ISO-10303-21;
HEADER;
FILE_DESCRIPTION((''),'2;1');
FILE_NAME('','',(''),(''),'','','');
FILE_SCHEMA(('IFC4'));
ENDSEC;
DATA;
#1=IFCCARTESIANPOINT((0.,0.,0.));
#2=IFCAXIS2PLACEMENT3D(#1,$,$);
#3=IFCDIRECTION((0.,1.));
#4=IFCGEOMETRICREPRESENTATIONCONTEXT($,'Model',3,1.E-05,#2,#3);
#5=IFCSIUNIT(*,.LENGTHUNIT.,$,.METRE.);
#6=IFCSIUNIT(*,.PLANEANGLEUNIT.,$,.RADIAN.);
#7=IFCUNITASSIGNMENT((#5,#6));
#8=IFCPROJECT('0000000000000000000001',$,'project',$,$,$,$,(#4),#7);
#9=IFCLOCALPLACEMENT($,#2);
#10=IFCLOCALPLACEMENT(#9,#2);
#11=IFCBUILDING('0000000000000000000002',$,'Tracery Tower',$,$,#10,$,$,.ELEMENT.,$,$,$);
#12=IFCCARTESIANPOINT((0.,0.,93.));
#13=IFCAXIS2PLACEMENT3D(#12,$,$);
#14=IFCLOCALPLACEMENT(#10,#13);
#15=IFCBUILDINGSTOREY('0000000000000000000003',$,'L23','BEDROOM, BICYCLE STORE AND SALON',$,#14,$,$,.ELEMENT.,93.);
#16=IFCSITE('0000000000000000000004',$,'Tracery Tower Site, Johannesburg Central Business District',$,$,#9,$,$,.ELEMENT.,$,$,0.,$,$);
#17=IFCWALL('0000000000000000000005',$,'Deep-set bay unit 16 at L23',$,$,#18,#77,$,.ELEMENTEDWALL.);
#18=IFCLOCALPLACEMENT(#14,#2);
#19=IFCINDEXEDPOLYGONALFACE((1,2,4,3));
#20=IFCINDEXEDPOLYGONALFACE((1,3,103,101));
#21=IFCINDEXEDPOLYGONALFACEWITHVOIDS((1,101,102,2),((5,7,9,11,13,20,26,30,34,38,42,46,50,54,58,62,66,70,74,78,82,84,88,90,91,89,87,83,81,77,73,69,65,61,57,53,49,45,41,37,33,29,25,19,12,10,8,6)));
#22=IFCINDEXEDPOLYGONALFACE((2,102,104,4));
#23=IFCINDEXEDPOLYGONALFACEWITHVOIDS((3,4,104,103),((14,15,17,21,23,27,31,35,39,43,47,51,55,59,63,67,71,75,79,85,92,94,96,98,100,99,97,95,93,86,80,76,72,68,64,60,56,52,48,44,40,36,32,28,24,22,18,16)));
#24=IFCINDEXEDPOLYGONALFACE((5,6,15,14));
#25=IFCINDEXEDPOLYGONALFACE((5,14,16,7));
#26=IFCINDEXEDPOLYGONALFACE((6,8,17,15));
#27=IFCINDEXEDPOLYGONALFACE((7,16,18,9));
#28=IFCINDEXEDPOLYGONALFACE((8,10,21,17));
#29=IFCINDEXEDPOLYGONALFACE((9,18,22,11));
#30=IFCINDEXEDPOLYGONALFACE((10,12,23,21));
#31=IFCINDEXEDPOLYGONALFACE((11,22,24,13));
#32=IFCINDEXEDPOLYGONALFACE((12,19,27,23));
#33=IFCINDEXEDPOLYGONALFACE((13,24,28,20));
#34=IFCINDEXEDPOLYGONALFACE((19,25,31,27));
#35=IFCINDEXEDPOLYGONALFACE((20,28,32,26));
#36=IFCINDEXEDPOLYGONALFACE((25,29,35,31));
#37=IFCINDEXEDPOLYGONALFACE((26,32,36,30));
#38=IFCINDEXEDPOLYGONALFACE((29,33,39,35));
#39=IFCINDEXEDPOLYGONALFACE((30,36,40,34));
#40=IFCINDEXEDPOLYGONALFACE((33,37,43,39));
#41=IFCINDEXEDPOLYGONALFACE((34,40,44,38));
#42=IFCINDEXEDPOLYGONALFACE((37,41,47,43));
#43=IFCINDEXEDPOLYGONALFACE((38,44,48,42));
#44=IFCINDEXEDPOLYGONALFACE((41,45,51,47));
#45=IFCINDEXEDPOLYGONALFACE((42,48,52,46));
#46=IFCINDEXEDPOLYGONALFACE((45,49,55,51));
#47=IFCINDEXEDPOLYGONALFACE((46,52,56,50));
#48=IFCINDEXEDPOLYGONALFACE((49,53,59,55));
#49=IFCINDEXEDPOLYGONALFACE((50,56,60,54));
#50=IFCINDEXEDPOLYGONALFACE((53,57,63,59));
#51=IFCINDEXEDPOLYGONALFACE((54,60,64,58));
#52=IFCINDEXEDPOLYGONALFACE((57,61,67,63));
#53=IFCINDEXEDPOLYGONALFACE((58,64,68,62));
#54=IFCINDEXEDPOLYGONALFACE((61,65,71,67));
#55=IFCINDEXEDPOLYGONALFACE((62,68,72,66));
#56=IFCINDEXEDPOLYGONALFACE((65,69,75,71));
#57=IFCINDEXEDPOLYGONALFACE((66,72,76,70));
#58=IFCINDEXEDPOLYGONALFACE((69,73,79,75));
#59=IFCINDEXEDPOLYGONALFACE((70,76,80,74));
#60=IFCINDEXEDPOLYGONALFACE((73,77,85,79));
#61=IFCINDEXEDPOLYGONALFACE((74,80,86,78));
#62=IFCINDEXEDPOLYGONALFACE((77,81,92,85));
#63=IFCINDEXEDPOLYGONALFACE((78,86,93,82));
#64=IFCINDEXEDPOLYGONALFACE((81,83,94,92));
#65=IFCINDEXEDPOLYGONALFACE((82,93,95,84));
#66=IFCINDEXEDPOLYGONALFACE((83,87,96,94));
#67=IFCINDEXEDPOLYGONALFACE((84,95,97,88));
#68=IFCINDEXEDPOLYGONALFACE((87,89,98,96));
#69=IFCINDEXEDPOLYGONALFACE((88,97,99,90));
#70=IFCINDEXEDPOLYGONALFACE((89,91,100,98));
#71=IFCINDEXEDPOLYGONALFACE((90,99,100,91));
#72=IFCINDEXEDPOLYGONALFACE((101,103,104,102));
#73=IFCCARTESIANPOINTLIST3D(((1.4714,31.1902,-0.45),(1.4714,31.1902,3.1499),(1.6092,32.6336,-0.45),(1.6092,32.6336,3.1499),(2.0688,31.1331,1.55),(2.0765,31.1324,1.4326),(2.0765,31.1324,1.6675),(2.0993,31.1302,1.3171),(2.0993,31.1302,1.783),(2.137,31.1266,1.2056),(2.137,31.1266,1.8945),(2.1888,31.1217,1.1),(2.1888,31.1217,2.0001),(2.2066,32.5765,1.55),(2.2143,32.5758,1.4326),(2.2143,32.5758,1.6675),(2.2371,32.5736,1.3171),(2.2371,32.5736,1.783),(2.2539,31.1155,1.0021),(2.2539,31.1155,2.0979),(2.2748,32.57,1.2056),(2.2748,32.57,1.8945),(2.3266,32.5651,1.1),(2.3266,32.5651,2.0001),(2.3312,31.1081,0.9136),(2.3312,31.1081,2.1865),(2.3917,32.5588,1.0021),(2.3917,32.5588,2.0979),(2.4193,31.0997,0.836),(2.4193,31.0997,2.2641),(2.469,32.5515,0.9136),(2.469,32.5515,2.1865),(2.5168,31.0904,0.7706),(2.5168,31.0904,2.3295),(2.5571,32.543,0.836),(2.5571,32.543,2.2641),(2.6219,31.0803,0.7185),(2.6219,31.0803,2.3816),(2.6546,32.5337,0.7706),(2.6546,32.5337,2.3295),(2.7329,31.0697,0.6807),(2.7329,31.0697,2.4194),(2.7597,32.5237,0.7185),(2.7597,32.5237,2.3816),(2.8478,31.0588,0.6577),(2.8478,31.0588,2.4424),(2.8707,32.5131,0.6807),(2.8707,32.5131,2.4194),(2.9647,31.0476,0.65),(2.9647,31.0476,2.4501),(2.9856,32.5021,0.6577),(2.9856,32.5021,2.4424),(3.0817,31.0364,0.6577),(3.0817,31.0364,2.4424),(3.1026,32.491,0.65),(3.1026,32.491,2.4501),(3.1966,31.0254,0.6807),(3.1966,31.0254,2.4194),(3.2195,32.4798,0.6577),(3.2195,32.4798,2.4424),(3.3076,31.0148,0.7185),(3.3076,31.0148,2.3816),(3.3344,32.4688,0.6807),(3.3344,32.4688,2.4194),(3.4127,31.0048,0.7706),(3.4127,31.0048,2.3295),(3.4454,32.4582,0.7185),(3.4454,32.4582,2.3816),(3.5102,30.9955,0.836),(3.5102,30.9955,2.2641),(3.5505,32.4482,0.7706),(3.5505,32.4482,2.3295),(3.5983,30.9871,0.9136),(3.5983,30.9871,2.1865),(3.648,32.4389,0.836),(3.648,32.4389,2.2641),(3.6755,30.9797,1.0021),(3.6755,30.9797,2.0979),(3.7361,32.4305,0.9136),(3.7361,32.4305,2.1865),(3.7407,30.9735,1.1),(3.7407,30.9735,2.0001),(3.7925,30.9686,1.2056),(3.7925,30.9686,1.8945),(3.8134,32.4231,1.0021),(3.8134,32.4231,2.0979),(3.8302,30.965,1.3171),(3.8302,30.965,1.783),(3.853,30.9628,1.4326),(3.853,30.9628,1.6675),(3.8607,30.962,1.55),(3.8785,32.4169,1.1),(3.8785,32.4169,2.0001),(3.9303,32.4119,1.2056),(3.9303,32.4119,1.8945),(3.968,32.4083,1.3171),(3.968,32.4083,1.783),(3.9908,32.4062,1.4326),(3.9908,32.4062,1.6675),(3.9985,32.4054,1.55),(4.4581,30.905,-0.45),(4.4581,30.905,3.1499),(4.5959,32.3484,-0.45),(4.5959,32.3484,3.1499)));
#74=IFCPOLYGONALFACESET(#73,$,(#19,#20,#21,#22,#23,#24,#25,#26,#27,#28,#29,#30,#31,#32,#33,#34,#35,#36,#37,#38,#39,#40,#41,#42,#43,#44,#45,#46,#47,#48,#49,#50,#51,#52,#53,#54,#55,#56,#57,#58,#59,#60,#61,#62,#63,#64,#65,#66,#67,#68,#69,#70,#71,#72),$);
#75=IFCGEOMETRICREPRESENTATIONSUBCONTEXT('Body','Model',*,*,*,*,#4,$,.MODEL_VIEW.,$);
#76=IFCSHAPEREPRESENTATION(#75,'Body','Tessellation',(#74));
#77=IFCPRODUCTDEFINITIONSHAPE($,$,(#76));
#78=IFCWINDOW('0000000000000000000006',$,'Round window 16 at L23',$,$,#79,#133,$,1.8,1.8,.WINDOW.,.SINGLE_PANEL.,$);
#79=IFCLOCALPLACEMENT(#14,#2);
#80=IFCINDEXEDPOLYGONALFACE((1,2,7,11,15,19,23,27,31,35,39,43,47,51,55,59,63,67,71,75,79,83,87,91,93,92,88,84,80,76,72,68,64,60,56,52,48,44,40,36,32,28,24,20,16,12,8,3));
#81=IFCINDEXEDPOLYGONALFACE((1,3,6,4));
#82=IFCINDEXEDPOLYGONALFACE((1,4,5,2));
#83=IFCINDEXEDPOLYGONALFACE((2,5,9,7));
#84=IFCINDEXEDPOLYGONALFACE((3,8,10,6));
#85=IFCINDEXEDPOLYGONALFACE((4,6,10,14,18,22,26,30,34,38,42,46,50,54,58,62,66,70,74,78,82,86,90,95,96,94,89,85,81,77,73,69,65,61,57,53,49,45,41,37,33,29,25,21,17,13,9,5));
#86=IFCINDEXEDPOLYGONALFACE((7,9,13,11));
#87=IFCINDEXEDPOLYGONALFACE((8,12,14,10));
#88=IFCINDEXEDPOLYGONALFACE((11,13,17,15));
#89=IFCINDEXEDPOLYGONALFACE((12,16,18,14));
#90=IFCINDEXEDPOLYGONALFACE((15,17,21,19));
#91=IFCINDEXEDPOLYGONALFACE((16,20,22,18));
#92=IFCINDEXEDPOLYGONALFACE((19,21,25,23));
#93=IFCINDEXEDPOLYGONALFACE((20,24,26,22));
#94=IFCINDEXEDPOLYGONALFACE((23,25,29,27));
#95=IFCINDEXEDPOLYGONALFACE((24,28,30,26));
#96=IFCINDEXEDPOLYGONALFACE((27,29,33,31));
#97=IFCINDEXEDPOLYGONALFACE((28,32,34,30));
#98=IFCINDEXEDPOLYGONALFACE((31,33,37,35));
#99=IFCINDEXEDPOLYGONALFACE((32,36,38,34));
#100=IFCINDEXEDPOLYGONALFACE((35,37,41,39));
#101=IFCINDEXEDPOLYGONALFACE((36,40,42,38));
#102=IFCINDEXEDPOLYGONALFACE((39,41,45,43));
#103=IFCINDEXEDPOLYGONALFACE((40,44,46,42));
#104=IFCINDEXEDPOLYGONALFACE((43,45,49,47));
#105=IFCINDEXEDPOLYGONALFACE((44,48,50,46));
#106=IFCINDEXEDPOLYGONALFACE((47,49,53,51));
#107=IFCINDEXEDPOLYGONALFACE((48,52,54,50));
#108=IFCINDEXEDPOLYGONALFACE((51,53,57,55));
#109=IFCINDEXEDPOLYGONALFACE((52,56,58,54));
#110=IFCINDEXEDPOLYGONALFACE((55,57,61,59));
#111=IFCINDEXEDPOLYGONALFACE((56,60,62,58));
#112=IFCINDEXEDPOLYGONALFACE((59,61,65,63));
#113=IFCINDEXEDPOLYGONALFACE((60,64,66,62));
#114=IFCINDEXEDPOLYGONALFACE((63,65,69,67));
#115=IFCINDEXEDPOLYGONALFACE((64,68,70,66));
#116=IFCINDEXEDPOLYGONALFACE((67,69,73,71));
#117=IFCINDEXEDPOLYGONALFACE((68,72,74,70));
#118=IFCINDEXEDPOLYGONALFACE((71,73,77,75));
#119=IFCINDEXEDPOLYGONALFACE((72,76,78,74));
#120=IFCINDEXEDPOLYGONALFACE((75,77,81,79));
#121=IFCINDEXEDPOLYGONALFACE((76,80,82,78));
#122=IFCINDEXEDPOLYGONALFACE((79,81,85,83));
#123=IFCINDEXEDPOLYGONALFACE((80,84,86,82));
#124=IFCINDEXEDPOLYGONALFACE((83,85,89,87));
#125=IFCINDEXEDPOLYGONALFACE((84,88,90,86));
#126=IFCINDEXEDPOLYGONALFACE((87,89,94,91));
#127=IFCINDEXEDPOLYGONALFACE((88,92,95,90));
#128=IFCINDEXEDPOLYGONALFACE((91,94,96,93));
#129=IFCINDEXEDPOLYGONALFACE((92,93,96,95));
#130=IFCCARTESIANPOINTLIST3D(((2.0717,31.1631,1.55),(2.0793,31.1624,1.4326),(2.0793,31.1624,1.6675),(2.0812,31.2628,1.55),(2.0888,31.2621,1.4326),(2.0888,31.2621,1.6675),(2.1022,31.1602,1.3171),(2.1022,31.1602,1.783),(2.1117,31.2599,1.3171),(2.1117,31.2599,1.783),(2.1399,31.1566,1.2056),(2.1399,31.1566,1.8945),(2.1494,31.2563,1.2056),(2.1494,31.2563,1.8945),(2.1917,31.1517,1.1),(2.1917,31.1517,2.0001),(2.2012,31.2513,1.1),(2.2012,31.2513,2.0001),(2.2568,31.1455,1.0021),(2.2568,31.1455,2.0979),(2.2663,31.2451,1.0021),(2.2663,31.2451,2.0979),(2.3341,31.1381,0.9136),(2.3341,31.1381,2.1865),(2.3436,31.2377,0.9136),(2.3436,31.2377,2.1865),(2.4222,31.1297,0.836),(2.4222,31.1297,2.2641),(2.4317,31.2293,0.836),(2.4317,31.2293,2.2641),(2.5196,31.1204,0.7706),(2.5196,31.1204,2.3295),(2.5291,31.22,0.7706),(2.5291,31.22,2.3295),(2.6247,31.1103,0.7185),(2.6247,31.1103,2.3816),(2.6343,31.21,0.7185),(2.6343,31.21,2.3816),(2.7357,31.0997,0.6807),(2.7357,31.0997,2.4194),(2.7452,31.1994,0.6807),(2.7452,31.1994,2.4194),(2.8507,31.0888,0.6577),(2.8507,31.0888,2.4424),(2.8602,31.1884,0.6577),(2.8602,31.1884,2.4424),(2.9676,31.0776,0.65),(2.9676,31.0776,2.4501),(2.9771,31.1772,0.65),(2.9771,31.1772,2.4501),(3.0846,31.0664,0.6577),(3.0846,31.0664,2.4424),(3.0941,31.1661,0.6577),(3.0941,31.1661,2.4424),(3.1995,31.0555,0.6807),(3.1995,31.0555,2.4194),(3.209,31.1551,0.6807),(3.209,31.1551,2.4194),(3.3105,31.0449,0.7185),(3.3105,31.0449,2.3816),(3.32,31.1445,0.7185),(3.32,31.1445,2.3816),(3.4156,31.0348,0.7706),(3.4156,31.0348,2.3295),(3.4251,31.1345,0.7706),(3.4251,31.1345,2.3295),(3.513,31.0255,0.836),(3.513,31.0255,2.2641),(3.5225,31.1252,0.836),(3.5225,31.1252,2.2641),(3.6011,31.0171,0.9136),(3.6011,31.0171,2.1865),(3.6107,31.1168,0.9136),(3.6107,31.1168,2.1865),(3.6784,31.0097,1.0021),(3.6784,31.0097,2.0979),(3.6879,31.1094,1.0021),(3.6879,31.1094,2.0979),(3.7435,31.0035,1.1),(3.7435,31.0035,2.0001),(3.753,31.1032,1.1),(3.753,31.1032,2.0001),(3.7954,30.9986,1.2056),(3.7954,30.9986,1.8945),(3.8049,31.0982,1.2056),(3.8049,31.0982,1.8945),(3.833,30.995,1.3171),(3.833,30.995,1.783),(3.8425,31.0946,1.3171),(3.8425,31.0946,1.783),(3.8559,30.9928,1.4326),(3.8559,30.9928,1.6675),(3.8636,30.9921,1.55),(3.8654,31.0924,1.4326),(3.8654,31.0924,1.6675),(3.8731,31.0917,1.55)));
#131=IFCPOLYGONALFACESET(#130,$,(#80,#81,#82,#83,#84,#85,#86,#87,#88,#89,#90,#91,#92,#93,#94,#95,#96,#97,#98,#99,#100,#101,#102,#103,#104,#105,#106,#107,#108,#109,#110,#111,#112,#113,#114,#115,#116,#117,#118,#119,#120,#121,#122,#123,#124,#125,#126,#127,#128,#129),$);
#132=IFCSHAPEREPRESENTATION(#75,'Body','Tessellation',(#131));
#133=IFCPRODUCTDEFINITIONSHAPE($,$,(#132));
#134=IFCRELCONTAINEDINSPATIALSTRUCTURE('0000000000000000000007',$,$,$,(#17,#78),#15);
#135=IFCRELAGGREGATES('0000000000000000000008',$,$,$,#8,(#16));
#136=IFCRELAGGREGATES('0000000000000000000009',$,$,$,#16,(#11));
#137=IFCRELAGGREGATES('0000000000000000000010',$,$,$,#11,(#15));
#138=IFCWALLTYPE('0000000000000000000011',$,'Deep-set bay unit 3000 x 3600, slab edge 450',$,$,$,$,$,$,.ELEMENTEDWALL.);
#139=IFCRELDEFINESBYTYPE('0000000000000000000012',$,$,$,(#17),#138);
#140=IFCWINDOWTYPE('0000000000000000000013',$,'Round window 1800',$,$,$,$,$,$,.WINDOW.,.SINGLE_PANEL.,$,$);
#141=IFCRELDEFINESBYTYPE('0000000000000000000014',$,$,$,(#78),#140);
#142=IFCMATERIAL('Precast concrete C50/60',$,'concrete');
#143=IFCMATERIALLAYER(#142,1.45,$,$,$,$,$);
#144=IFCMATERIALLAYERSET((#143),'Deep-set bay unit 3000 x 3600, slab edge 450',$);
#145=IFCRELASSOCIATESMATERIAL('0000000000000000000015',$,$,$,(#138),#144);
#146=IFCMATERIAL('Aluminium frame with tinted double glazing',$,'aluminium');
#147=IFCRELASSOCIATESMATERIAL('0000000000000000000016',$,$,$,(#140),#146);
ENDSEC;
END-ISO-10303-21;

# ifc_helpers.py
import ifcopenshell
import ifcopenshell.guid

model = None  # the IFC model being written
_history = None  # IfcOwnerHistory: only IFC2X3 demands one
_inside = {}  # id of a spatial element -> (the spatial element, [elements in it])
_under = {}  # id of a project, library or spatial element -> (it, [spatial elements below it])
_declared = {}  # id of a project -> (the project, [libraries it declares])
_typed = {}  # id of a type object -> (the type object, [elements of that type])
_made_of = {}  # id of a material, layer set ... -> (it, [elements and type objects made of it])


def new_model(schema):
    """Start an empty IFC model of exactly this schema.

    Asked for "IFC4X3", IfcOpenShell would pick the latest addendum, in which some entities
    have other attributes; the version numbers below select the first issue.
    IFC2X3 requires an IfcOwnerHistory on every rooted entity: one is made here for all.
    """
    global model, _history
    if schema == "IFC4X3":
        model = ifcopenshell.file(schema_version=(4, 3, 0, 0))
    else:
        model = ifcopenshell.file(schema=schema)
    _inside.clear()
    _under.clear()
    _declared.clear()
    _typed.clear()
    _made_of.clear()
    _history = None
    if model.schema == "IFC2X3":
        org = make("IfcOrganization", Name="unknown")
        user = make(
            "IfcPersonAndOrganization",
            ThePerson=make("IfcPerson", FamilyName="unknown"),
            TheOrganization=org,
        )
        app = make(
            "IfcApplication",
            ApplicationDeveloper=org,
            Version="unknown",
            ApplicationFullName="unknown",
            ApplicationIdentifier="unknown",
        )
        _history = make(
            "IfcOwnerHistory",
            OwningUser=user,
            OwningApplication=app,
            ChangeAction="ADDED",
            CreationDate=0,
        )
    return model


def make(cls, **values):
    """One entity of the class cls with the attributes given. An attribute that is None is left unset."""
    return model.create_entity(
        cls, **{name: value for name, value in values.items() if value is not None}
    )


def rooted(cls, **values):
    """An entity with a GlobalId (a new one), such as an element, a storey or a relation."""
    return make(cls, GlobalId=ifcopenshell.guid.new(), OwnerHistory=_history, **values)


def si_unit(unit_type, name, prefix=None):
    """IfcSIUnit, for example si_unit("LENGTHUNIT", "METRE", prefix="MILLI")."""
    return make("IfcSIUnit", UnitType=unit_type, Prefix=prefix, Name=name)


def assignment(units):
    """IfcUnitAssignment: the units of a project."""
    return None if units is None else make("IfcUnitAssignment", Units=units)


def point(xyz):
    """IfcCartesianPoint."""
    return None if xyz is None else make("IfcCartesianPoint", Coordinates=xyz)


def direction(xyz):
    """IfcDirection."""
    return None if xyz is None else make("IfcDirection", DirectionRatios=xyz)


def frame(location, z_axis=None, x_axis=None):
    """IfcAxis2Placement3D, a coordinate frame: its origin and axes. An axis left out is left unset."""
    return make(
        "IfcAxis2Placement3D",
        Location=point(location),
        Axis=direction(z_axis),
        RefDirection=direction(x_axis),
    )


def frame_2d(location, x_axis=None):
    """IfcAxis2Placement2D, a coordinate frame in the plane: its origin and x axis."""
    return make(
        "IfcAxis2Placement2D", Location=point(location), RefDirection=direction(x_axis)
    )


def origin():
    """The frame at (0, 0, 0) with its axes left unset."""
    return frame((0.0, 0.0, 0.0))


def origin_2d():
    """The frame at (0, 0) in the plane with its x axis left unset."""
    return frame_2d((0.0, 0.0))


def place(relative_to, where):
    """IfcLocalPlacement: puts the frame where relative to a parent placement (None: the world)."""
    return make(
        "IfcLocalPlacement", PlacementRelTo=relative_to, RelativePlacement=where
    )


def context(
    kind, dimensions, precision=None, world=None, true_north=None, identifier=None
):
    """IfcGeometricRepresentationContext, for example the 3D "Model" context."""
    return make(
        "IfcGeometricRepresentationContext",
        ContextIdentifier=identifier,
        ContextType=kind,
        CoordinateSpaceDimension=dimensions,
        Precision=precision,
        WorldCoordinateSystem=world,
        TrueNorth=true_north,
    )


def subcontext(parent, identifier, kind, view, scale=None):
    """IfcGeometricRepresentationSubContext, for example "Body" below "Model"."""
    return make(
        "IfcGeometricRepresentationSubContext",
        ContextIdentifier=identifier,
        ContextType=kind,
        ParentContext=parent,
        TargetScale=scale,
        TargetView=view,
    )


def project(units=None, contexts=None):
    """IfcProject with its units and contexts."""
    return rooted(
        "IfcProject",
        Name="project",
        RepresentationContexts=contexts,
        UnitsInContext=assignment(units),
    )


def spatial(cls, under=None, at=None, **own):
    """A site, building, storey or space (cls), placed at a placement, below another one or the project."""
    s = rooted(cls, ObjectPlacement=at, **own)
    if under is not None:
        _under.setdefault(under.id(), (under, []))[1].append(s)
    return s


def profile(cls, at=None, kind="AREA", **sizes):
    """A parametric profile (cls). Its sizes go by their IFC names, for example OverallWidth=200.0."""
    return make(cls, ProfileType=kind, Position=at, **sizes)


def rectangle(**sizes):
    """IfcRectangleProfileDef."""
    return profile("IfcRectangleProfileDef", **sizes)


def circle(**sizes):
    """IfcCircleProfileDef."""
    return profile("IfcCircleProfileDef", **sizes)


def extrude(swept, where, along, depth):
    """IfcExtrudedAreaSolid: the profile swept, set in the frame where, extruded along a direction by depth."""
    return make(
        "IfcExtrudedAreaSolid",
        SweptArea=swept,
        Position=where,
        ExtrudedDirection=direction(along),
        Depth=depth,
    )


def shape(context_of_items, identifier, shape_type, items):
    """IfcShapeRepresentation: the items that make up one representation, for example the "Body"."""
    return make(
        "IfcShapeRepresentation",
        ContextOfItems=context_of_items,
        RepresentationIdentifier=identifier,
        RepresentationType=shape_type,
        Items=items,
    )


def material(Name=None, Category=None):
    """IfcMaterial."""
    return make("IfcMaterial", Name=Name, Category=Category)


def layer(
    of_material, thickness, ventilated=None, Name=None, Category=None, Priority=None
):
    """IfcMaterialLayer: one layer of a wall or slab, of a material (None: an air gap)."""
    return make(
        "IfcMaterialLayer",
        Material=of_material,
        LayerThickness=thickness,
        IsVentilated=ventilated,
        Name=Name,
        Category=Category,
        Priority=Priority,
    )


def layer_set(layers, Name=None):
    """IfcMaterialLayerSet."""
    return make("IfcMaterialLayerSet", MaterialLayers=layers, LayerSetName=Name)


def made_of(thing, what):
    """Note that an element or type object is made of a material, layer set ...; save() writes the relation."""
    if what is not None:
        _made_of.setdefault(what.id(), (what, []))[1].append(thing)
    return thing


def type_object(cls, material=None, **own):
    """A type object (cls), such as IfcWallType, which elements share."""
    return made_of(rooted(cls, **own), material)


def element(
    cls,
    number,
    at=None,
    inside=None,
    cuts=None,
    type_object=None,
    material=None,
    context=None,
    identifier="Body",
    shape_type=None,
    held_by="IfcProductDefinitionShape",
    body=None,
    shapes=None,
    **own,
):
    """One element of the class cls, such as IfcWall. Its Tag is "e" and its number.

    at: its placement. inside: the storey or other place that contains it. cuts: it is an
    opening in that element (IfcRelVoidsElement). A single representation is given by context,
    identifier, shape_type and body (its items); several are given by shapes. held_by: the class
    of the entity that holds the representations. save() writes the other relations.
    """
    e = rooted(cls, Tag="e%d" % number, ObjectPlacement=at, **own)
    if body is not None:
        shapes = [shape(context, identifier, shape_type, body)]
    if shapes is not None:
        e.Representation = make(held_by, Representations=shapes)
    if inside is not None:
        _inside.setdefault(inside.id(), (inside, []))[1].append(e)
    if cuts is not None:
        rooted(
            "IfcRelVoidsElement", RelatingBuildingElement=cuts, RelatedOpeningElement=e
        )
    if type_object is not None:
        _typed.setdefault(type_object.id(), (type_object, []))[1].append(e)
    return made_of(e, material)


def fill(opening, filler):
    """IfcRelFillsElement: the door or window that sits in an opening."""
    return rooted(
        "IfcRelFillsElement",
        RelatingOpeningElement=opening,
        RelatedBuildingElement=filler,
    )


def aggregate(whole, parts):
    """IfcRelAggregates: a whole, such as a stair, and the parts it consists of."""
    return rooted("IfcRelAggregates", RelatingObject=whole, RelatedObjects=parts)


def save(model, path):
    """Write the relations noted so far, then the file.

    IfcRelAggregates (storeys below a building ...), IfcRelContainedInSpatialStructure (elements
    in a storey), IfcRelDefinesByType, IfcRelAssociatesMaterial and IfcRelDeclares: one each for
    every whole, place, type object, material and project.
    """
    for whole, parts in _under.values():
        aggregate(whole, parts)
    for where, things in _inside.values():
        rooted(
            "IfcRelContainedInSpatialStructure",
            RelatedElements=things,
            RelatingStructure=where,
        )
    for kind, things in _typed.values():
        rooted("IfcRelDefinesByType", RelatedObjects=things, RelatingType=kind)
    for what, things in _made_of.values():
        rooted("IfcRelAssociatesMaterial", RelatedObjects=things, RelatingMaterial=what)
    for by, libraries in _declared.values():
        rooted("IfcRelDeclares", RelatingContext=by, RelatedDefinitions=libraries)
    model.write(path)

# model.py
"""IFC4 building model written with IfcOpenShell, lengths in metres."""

from ifc_helpers import new_model, si_unit, direction, frame, frame_2d, origin, origin_2d, place, context, subcontext, project, spatial, rectangle, circle, extrude, material, layer, layer_set, type_object, element, fill, save


model = new_model("IFC4")

# Units and contexts
model_context = context("Model", 3, precision=1e-05, world=origin(), true_north=direction((0.0, 1.0)))
body_context = subcontext(model_context, "Body", "Model", "MODEL_VIEW")
ifc_project = project(units=[si_unit("LENGTHUNIT", "METRE"), si_unit("PLANEANGLEUNIT", "RADIAN")], contexts=[model_context])

# Site, building, storey
site_placement = place(None, origin())
site = spatial("IfcSite", under=ifc_project, at=site_placement, Name="Tracery Tower Site, Johannesburg Central Business District", CompositionType="ELEMENT", RefElevation=0.0)
building_placement = place(site_placement, origin())
building = spatial("IfcBuilding", under=site, at=building_placement, Name="Tracery Tower", CompositionType="ELEMENT")
storey_placement = place(building_placement, frame((0.0, 0.0, 93.0)))
storey = spatial("IfcBuildingStorey", under=building, at=storey_placement, Name="L23", Description="BEDROOM, BICYCLE STORE AND SALON", CompositionType="ELEMENT", Elevation=93.0)

# Wall, opening, window
ifc_material_1 = material(Name="Precast concrete C50/60", Category="concrete")
ifc_layer_1 = layer(ifc_material_1, 1.45)
ifc_layer_set_1 = layer_set([ifc_layer_1], Name="Deep-set bay unit 3000 x 3600, slab edge 450")
wall_type_1 = type_object("IfcWallType", Name="Deep-set bay unit 3000 x 3600, slab edge 450", PredefinedType="ELEMENTEDWALL", material=ifc_layer_set_1)
wall_1_placement = place(storey_placement, frame((4.5269, 31.6267, -0.45), z_axis=(0.0, 0.0, 1.0), x_axis=(-0.995473, 0.095047, 0.0)))
wall_1 = element("IfcWall", 1, at=wall_1_placement, inside=storey, type_object=wall_type_1, Name="Deep-set bay unit 16 at L23", PredefinedType="ELEMENTEDWALL", context=body_context, shape_type="SweptSolid", body=[
    extrude(rectangle(XDim=3.0002, YDim=1.45, at=frame_2d((1.5, 0.0))), origin(), (0.0, 0.0, 1.0), 3.5999),
])
opening_1_placement = place(wall_1_placement, frame((1.5, 0.0, 2.0)))
opening_1 = element("IfcOpeningElement", 2, at=opening_1_placement, cuts=wall_1, PredefinedType="OPENING", context=body_context, shape_type="SweptSolid", body=[
    extrude(circle(Radius=0.9, at=origin_2d()), frame((0.0, 0.7349, 0.0), z_axis=(0.0, -1.0, 0.0), x_axis=(1.0, 0.0, 0.0)), (0.0, 0.0, 1.0), 1.47),
])
ifc_material_2 = material(Name="Aluminium frame with tinted double glazing", Category="aluminium")
window_type = type_object("IfcWindowType", Name="Round window 1800", PartitioningType="SINGLE_PANEL", PredefinedType="WINDOW", material=ifc_material_2)
window_1_placement = place(opening_1_placement, origin())
window_1 = element("IfcWindow", 3, at=window_1_placement, inside=storey, type_object=window_type, Name="Round window 16 at L23", OverallHeight=1.8, OverallWidth=1.8, PartitioningType="SINGLE_PANEL", PredefinedType="WINDOW", context=body_context, shape_type="SweptSolid", body=[
    extrude(circle(Radius=0.9, at=origin_2d()), frame((0.0, 0.6948, 0.0), z_axis=(0.0, -1.0, 0.0), x_axis=(1.0, 0.0, 0.0)), (0.0, 0.0, 1.0), 0.1001),
])
fill(opening_1, window_1)

save(model, "model.ifc")
